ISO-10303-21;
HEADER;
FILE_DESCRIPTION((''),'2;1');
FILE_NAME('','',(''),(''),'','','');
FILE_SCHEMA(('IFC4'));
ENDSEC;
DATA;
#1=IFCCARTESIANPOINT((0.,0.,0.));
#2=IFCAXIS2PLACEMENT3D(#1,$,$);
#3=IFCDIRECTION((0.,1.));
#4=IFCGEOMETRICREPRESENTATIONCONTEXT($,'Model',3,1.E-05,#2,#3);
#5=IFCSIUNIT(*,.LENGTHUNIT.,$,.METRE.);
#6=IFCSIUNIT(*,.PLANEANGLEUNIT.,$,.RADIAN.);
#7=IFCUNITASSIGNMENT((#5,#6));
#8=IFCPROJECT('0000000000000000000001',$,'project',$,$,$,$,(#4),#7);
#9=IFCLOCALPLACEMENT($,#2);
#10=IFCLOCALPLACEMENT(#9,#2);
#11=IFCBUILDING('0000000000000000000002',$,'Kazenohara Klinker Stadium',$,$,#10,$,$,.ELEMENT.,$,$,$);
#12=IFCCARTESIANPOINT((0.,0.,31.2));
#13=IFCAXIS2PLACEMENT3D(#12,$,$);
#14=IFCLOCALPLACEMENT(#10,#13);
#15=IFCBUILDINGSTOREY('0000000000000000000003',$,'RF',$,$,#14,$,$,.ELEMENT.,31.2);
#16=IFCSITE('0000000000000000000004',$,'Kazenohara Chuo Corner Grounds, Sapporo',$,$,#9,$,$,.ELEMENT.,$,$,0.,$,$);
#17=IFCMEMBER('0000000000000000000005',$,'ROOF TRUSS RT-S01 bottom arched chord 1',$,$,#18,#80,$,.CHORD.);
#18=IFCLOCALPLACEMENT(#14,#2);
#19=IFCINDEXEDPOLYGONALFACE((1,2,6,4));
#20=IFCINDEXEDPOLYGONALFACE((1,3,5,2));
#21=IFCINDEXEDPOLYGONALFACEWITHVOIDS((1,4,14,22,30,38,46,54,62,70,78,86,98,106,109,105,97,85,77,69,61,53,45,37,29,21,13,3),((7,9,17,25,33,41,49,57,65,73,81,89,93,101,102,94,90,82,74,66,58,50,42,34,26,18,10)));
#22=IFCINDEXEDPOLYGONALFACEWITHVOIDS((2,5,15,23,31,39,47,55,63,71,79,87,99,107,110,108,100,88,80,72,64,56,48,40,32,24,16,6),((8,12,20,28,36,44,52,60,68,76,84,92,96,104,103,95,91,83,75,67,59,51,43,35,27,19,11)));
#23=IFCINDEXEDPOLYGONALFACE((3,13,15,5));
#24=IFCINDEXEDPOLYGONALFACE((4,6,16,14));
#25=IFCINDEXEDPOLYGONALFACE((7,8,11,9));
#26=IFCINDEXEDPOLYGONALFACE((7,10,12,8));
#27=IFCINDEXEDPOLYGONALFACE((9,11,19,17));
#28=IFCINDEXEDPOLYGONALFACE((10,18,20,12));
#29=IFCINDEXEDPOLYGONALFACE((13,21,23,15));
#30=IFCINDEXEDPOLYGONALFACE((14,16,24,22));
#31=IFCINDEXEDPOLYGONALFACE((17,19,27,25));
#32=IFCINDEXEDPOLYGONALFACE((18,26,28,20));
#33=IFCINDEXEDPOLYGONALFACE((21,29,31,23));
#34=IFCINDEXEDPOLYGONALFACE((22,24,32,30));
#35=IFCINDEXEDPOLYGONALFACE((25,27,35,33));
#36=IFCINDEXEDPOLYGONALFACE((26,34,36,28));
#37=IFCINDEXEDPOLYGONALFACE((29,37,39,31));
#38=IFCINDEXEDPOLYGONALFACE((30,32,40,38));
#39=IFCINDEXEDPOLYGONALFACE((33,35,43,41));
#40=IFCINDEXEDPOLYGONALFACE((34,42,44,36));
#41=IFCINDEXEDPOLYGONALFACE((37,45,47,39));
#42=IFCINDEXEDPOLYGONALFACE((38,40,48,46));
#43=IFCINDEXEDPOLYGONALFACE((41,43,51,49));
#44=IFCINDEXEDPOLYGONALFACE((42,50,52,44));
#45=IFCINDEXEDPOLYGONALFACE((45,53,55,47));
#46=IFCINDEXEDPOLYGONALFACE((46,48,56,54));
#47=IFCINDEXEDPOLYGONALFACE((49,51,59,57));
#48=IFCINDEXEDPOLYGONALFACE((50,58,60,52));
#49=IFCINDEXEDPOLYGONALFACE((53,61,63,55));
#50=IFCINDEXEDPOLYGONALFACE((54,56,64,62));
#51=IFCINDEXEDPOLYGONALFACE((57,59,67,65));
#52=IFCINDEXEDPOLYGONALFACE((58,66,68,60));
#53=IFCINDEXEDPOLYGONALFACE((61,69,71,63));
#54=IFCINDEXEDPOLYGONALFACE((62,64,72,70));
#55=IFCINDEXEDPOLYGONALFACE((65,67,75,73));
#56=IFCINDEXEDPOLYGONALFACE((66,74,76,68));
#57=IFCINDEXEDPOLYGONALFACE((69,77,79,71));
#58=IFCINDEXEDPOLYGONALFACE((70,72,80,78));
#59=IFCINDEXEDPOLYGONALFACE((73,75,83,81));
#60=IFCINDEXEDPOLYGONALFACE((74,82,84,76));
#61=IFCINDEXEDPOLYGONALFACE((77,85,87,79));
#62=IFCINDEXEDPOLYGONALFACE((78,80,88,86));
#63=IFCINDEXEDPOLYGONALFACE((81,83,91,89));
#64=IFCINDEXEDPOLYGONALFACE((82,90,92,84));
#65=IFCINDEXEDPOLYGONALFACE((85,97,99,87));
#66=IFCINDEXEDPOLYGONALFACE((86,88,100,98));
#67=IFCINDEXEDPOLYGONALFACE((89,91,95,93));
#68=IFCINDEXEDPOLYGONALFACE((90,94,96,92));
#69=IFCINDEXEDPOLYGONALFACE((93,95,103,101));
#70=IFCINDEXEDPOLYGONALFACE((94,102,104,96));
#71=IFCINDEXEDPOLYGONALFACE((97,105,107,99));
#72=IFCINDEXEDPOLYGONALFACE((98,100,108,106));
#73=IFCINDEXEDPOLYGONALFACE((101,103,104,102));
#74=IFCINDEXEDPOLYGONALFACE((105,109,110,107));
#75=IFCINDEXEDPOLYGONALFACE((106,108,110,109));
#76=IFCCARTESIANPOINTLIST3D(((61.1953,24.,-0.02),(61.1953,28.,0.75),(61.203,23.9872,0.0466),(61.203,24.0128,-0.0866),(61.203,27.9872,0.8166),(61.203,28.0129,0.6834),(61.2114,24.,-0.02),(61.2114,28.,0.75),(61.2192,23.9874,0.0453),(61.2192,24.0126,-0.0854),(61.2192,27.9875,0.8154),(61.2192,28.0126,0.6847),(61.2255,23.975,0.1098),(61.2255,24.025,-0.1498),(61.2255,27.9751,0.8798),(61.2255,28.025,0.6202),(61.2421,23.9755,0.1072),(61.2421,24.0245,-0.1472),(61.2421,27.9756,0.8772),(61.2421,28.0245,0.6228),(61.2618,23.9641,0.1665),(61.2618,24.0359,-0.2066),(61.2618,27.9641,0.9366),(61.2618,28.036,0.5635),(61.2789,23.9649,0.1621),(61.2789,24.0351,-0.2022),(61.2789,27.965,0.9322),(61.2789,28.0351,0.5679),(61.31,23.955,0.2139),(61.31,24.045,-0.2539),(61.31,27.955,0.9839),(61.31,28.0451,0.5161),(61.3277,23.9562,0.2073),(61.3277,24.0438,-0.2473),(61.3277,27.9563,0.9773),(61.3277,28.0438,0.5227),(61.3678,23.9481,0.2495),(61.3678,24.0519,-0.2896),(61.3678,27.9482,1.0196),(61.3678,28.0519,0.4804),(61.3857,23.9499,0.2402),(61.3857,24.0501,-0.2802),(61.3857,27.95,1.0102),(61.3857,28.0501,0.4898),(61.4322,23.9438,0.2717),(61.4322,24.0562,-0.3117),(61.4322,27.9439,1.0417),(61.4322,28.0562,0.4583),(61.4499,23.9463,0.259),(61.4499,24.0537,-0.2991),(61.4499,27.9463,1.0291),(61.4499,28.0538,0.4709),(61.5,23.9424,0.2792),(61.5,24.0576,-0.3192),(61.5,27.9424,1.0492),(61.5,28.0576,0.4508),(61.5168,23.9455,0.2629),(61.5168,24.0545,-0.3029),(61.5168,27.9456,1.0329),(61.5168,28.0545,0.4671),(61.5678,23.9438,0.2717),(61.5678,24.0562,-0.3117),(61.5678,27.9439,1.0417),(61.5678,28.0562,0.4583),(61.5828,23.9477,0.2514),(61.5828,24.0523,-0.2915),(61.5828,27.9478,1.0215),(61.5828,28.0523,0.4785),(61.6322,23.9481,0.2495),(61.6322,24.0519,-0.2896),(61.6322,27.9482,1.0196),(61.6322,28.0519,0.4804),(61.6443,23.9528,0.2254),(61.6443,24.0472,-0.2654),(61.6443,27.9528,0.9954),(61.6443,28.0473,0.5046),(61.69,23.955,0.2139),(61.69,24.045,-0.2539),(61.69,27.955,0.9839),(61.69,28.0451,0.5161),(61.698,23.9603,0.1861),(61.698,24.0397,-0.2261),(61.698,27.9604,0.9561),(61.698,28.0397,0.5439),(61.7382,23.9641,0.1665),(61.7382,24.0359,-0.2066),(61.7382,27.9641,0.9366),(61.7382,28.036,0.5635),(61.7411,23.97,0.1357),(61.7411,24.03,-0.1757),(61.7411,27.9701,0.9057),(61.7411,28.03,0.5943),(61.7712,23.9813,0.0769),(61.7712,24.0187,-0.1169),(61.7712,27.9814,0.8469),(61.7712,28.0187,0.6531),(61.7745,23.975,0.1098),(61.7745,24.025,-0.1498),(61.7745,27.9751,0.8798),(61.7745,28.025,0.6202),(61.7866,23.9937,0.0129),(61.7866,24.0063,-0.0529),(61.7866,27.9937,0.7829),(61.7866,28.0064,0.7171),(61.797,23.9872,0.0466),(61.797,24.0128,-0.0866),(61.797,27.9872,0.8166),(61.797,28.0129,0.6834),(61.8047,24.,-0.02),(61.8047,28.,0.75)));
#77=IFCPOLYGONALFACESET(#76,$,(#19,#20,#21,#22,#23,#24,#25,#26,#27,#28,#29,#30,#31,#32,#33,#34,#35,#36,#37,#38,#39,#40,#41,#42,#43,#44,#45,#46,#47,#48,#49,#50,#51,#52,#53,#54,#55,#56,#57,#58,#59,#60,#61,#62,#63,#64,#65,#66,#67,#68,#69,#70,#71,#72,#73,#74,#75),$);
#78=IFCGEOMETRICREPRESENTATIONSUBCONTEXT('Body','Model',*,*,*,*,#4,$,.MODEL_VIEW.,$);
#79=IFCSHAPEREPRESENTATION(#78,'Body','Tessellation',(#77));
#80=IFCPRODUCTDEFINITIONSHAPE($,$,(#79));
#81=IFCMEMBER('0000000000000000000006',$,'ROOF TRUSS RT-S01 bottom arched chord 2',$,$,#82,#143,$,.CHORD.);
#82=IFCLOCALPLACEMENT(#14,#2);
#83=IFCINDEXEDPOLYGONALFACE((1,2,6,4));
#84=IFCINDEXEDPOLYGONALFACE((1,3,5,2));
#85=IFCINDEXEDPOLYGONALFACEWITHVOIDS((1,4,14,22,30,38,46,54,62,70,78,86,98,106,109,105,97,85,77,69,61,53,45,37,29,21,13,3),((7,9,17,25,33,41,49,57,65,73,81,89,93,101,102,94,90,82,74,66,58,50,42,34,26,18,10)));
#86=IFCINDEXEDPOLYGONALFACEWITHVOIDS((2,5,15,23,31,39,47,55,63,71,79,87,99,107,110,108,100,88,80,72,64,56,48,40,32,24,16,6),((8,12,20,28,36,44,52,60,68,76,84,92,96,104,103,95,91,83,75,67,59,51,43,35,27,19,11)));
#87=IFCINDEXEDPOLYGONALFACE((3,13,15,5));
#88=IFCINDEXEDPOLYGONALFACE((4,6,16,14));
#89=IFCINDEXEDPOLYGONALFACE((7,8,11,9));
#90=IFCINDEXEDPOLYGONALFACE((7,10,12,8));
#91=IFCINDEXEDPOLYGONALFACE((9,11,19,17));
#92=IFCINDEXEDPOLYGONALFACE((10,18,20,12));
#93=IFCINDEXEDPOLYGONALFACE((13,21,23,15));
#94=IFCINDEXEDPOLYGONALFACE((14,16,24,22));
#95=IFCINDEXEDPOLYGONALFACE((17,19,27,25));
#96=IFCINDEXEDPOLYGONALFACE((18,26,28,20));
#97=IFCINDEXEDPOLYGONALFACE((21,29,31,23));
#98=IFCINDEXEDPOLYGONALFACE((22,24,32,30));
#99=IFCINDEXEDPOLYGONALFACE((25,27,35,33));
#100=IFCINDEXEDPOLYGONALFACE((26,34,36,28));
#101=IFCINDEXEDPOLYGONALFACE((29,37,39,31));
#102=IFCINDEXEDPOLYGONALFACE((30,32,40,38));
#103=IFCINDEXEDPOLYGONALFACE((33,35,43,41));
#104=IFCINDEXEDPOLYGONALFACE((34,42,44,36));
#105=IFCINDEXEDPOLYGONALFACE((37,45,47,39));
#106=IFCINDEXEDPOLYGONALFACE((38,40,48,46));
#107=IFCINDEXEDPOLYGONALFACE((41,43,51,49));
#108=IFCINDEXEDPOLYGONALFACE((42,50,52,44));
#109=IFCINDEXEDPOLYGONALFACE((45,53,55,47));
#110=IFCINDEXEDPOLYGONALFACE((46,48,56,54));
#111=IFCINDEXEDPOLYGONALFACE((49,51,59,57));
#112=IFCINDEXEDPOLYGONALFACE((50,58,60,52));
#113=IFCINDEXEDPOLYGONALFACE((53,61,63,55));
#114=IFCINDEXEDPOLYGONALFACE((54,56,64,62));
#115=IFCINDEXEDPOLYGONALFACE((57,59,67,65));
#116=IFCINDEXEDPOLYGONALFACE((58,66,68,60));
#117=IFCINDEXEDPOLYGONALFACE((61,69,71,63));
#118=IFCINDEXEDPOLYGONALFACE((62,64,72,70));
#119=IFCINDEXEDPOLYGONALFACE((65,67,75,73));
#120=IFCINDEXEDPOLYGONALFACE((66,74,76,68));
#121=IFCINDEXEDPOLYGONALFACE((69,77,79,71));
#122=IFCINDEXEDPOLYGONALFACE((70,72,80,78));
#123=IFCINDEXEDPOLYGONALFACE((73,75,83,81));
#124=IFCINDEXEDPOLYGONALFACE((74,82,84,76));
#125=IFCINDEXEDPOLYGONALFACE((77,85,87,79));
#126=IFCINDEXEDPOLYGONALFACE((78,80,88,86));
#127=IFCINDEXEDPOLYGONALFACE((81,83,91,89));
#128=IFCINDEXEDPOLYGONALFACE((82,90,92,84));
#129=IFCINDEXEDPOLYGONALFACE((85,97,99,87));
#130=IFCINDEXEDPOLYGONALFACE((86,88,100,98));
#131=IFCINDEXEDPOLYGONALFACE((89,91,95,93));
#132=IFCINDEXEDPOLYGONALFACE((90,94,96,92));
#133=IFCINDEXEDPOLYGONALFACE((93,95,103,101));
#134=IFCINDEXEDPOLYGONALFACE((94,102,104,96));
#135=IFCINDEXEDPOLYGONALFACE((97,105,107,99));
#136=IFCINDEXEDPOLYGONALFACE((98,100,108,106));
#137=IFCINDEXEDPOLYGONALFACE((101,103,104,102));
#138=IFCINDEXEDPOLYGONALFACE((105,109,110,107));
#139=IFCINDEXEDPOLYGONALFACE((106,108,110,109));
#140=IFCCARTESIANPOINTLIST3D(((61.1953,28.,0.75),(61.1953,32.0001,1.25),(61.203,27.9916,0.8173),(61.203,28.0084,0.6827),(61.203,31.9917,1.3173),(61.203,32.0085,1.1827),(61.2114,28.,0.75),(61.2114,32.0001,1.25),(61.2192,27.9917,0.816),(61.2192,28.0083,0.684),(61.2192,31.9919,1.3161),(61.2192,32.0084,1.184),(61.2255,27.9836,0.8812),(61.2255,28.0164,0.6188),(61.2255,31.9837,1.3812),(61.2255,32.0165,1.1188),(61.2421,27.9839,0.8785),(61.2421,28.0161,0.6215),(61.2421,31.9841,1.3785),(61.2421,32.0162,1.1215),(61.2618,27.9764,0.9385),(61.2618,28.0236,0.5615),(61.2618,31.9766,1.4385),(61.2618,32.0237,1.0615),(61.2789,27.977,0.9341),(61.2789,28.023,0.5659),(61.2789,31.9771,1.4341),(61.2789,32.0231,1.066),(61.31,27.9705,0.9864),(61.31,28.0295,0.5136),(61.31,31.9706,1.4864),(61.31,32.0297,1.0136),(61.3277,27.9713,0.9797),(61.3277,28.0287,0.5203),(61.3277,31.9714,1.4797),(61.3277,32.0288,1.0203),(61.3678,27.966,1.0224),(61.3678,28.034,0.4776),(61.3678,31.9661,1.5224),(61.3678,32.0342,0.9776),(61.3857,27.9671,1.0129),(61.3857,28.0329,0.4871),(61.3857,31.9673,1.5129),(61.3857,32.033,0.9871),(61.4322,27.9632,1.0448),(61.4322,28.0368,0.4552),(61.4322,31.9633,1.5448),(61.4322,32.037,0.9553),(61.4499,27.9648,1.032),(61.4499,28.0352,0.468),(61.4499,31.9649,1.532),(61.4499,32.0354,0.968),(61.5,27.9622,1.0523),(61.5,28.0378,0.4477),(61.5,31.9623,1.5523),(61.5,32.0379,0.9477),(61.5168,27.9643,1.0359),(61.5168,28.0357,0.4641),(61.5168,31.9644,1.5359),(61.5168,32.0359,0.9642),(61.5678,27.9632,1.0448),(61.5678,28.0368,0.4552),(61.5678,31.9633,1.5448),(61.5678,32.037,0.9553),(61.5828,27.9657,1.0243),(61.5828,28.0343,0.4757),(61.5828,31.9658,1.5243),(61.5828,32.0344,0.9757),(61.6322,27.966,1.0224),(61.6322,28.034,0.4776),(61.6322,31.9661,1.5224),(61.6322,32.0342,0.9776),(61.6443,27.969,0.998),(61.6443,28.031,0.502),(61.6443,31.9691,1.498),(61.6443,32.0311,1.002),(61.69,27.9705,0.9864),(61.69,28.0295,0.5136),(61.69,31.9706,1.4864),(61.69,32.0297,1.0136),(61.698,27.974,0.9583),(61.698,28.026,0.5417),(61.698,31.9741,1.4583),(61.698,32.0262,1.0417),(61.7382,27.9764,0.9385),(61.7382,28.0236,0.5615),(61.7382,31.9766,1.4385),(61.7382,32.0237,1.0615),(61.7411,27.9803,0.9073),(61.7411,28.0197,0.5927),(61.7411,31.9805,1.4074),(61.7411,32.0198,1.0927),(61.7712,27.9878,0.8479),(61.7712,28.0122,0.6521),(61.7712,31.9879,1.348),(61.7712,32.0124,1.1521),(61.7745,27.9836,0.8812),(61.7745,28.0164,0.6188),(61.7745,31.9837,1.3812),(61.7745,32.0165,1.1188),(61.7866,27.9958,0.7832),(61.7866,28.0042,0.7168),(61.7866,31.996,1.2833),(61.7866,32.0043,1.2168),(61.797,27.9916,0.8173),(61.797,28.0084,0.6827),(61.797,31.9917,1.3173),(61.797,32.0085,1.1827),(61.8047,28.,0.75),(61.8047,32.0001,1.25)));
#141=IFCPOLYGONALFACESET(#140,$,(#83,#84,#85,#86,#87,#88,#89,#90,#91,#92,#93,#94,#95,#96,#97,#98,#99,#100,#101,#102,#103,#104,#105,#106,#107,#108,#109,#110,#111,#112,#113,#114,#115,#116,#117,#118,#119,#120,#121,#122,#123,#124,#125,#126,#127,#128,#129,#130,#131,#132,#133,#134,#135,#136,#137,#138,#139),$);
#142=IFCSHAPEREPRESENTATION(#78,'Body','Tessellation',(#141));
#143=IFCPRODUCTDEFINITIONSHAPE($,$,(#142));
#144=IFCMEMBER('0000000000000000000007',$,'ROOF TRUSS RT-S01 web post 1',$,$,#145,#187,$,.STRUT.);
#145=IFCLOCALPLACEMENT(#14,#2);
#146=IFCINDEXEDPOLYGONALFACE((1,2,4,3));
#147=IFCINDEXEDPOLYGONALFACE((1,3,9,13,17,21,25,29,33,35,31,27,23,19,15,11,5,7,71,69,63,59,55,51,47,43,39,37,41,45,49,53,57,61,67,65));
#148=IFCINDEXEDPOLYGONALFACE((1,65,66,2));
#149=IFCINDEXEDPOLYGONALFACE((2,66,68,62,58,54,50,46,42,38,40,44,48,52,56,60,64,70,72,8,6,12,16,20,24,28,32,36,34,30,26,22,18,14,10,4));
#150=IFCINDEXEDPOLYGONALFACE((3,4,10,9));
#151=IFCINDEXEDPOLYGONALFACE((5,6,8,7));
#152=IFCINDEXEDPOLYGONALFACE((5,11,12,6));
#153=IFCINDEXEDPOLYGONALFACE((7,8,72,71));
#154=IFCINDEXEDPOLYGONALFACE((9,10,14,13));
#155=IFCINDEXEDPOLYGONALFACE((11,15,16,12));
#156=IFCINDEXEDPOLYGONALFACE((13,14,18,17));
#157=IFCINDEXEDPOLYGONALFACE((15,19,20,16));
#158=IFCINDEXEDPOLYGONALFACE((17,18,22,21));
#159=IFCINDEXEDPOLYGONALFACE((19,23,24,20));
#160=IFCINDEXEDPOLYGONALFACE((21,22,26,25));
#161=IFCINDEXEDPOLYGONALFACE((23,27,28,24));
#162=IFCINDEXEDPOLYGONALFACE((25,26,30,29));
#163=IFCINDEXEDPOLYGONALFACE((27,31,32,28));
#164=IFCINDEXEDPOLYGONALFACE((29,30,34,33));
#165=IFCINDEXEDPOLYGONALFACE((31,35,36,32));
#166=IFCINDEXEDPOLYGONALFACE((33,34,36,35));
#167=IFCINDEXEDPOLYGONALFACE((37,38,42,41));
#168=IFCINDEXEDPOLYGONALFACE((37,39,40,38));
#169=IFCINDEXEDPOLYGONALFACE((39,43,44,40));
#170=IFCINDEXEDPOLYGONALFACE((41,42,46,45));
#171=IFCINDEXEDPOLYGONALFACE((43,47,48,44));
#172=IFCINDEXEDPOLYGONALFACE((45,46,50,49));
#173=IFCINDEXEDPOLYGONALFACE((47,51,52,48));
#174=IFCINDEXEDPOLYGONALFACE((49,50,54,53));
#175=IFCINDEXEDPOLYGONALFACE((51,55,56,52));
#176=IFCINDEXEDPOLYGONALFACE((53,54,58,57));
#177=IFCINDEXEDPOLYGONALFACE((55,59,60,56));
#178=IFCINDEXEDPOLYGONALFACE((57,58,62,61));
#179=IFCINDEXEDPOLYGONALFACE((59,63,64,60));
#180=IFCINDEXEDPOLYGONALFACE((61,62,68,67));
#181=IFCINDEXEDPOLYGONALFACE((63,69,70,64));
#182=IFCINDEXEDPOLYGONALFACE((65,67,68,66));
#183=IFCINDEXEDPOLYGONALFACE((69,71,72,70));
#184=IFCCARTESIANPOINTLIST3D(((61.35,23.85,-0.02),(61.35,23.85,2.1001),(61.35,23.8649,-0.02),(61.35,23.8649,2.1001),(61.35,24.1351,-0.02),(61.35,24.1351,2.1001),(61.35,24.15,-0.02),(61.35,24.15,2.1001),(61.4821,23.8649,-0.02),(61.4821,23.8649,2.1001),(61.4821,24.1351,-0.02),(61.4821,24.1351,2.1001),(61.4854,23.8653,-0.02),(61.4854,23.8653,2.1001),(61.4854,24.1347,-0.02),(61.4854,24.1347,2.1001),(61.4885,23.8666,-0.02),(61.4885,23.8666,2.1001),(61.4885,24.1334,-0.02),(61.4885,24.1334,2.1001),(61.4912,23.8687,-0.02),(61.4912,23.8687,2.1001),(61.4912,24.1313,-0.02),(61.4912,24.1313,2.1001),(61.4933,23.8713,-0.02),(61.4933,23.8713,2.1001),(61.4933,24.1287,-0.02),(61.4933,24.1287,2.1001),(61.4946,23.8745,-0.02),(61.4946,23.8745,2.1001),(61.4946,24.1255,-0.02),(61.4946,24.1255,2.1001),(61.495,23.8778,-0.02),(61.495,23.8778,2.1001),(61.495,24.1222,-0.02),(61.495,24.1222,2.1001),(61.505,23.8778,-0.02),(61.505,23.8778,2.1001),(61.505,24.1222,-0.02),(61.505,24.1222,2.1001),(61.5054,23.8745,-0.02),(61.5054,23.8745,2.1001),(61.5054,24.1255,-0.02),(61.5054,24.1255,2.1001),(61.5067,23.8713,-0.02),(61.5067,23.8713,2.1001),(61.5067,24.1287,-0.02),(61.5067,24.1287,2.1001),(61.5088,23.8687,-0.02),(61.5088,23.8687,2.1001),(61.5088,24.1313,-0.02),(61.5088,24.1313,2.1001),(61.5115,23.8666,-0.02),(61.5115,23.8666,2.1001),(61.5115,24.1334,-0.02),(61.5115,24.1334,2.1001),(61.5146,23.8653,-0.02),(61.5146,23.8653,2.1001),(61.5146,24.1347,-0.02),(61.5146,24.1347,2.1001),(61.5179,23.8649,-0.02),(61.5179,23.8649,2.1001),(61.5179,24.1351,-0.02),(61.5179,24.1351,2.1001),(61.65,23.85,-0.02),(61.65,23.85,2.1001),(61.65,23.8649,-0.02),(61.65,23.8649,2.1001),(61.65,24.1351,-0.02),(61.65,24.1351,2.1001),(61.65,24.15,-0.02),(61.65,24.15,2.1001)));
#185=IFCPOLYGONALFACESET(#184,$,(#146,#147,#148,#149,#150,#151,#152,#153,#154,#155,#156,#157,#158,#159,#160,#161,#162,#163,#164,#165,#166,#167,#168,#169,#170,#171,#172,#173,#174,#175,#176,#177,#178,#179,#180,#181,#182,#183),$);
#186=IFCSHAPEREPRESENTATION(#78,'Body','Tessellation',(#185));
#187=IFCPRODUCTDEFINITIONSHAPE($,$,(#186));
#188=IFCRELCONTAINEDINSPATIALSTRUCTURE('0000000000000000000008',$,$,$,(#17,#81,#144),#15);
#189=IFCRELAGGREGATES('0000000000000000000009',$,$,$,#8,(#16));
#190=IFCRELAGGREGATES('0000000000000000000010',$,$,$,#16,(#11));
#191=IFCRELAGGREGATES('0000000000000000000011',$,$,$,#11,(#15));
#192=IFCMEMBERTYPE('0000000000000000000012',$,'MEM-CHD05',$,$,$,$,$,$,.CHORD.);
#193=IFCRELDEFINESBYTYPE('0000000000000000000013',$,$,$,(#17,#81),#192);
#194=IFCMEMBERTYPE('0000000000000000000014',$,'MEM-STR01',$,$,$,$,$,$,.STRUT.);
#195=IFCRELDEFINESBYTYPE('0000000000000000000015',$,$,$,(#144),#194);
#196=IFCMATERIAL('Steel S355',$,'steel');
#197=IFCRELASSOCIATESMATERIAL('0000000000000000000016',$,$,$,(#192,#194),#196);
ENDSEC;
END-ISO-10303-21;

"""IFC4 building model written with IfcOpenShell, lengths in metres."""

from ifc_helpers import new_model, si_unit, direction, frame, origin, origin_2d, place, context, subcontext, project, spatial, hollow_circle, i_section, extrude, material, material_profile, profile_set, type_object, element, save


model = new_model("IFC4")

# Units and contexts
model_context = context("Model", 3, precision=1e-05, world=origin(), true_north=direction((0.0, 1.0)))
body_context = subcontext(model_context, "Body", "Model", "MODEL_VIEW")
ifc_project = project(units=[si_unit("LENGTHUNIT", "METRE"), si_unit("PLANEANGLEUNIT", "RADIAN")], contexts=[model_context])

# Site, building, storey
site_placement = place(None, origin())
site = spatial("IfcSite", under=ifc_project, at=site_placement, Name="Kazenohara Chuo Corner Grounds, Sapporo", CompositionType="ELEMENT", RefElevation=0.0)
building_placement = place(site_placement, origin())
building = spatial("IfcBuilding", under=site, at=building_placement, Name="Kazenohara Klinker Stadium", CompositionType="ELEMENT")
storey_placement = place(building_placement, frame((0.0, 0.0, 31.2)))
storey = spatial("IfcBuildingStorey", under=building, at=storey_placement, Name="RF", CompositionType="ELEMENT", Elevation=31.2)

# Members
ifc_material_1 = material(Name="Steel S355", Category="steel")
ifc_material_profile_1 = material_profile(ifc_material_1, hollow_circle(Radius=0.3047, WallThickness=0.0161, at=origin_2d()), Name="CHS-609.6x16")
ifc_profile_set_1 = profile_set([ifc_material_profile_1], Name="Steel S355")
member_type_1 = type_object("IfcMemberType", Name="MEM-CHD05", PredefinedType="CHORD", material=ifc_profile_set_1)
member_1_placement = place(storey_placement, frame((61.5, 24.0, -0.02), z_axis=(0.0, 0.981971, 0.189034), x_axis=(-1.0, 0.0, 0.0)))
element("IfcMember", 1, at=member_1_placement, inside=storey, type_object=member_type_1, Name="ROOF TRUSS RT-S01 bottom arched chord 1", PredefinedType="CHORD", context=body_context, shape_type="SweptSolid", body=[
    extrude(hollow_circle(Radius=0.3047, WallThickness=0.0161, at=origin_2d()), origin(), (0.0, 0.0, 1.0), 4.0735),
])
member_2_placement = place(storey_placement, frame((61.5, 28.0, 0.75), z_axis=(0.0, 0.992278, 0.124035), x_axis=(-1.0, 0.0, 0.0)))
element("IfcMember", 2, at=member_2_placement, inside=storey, type_object=member_type_1, Name="ROOF TRUSS RT-S01 bottom arched chord 2", PredefinedType="CHORD", context=body_context, shape_type="SweptSolid", body=[
    extrude(hollow_circle(Radius=0.3047, WallThickness=0.0161, at=origin_2d()), origin(), (0.0, 0.0, 1.0), 4.0312),
])
ifc_material_profile_2 = material_profile(ifc_material_1, i_section(OverallWidth=0.3, OverallDepth=0.3, WebThickness=0.01, FlangeThickness=0.0149, FilletRadius=0.0129, at=origin_2d()), Name="H-300x300x10x15")
ifc_profile_set_2 = profile_set([ifc_material_profile_2], Name="Steel S355")
member_type_2 = type_object("IfcMemberType", Name="MEM-STR01", PredefinedType="STRUT", material=ifc_profile_set_2)
member_3_placement = place(storey_placement, frame((61.5, 24.0, -0.02), z_axis=(0.0, 0.0, 1.0), x_axis=(1.0, 0.0, 0.0)))
element("IfcMember", 3, at=member_3_placement, inside=storey, type_object=member_type_2, Name="ROOF TRUSS RT-S01 web post 1", PredefinedType="STRUT", context=body_context, shape_type="SweptSolid", body=[
    extrude(i_section(OverallWidth=0.3, OverallDepth=0.3, WebThickness=0.01, FlangeThickness=0.0149, FilletRadius=0.0129, at=origin_2d()), origin(), (0.0, 0.0, 1.0), 2.1201),
])

save(model, "model.ifc")
